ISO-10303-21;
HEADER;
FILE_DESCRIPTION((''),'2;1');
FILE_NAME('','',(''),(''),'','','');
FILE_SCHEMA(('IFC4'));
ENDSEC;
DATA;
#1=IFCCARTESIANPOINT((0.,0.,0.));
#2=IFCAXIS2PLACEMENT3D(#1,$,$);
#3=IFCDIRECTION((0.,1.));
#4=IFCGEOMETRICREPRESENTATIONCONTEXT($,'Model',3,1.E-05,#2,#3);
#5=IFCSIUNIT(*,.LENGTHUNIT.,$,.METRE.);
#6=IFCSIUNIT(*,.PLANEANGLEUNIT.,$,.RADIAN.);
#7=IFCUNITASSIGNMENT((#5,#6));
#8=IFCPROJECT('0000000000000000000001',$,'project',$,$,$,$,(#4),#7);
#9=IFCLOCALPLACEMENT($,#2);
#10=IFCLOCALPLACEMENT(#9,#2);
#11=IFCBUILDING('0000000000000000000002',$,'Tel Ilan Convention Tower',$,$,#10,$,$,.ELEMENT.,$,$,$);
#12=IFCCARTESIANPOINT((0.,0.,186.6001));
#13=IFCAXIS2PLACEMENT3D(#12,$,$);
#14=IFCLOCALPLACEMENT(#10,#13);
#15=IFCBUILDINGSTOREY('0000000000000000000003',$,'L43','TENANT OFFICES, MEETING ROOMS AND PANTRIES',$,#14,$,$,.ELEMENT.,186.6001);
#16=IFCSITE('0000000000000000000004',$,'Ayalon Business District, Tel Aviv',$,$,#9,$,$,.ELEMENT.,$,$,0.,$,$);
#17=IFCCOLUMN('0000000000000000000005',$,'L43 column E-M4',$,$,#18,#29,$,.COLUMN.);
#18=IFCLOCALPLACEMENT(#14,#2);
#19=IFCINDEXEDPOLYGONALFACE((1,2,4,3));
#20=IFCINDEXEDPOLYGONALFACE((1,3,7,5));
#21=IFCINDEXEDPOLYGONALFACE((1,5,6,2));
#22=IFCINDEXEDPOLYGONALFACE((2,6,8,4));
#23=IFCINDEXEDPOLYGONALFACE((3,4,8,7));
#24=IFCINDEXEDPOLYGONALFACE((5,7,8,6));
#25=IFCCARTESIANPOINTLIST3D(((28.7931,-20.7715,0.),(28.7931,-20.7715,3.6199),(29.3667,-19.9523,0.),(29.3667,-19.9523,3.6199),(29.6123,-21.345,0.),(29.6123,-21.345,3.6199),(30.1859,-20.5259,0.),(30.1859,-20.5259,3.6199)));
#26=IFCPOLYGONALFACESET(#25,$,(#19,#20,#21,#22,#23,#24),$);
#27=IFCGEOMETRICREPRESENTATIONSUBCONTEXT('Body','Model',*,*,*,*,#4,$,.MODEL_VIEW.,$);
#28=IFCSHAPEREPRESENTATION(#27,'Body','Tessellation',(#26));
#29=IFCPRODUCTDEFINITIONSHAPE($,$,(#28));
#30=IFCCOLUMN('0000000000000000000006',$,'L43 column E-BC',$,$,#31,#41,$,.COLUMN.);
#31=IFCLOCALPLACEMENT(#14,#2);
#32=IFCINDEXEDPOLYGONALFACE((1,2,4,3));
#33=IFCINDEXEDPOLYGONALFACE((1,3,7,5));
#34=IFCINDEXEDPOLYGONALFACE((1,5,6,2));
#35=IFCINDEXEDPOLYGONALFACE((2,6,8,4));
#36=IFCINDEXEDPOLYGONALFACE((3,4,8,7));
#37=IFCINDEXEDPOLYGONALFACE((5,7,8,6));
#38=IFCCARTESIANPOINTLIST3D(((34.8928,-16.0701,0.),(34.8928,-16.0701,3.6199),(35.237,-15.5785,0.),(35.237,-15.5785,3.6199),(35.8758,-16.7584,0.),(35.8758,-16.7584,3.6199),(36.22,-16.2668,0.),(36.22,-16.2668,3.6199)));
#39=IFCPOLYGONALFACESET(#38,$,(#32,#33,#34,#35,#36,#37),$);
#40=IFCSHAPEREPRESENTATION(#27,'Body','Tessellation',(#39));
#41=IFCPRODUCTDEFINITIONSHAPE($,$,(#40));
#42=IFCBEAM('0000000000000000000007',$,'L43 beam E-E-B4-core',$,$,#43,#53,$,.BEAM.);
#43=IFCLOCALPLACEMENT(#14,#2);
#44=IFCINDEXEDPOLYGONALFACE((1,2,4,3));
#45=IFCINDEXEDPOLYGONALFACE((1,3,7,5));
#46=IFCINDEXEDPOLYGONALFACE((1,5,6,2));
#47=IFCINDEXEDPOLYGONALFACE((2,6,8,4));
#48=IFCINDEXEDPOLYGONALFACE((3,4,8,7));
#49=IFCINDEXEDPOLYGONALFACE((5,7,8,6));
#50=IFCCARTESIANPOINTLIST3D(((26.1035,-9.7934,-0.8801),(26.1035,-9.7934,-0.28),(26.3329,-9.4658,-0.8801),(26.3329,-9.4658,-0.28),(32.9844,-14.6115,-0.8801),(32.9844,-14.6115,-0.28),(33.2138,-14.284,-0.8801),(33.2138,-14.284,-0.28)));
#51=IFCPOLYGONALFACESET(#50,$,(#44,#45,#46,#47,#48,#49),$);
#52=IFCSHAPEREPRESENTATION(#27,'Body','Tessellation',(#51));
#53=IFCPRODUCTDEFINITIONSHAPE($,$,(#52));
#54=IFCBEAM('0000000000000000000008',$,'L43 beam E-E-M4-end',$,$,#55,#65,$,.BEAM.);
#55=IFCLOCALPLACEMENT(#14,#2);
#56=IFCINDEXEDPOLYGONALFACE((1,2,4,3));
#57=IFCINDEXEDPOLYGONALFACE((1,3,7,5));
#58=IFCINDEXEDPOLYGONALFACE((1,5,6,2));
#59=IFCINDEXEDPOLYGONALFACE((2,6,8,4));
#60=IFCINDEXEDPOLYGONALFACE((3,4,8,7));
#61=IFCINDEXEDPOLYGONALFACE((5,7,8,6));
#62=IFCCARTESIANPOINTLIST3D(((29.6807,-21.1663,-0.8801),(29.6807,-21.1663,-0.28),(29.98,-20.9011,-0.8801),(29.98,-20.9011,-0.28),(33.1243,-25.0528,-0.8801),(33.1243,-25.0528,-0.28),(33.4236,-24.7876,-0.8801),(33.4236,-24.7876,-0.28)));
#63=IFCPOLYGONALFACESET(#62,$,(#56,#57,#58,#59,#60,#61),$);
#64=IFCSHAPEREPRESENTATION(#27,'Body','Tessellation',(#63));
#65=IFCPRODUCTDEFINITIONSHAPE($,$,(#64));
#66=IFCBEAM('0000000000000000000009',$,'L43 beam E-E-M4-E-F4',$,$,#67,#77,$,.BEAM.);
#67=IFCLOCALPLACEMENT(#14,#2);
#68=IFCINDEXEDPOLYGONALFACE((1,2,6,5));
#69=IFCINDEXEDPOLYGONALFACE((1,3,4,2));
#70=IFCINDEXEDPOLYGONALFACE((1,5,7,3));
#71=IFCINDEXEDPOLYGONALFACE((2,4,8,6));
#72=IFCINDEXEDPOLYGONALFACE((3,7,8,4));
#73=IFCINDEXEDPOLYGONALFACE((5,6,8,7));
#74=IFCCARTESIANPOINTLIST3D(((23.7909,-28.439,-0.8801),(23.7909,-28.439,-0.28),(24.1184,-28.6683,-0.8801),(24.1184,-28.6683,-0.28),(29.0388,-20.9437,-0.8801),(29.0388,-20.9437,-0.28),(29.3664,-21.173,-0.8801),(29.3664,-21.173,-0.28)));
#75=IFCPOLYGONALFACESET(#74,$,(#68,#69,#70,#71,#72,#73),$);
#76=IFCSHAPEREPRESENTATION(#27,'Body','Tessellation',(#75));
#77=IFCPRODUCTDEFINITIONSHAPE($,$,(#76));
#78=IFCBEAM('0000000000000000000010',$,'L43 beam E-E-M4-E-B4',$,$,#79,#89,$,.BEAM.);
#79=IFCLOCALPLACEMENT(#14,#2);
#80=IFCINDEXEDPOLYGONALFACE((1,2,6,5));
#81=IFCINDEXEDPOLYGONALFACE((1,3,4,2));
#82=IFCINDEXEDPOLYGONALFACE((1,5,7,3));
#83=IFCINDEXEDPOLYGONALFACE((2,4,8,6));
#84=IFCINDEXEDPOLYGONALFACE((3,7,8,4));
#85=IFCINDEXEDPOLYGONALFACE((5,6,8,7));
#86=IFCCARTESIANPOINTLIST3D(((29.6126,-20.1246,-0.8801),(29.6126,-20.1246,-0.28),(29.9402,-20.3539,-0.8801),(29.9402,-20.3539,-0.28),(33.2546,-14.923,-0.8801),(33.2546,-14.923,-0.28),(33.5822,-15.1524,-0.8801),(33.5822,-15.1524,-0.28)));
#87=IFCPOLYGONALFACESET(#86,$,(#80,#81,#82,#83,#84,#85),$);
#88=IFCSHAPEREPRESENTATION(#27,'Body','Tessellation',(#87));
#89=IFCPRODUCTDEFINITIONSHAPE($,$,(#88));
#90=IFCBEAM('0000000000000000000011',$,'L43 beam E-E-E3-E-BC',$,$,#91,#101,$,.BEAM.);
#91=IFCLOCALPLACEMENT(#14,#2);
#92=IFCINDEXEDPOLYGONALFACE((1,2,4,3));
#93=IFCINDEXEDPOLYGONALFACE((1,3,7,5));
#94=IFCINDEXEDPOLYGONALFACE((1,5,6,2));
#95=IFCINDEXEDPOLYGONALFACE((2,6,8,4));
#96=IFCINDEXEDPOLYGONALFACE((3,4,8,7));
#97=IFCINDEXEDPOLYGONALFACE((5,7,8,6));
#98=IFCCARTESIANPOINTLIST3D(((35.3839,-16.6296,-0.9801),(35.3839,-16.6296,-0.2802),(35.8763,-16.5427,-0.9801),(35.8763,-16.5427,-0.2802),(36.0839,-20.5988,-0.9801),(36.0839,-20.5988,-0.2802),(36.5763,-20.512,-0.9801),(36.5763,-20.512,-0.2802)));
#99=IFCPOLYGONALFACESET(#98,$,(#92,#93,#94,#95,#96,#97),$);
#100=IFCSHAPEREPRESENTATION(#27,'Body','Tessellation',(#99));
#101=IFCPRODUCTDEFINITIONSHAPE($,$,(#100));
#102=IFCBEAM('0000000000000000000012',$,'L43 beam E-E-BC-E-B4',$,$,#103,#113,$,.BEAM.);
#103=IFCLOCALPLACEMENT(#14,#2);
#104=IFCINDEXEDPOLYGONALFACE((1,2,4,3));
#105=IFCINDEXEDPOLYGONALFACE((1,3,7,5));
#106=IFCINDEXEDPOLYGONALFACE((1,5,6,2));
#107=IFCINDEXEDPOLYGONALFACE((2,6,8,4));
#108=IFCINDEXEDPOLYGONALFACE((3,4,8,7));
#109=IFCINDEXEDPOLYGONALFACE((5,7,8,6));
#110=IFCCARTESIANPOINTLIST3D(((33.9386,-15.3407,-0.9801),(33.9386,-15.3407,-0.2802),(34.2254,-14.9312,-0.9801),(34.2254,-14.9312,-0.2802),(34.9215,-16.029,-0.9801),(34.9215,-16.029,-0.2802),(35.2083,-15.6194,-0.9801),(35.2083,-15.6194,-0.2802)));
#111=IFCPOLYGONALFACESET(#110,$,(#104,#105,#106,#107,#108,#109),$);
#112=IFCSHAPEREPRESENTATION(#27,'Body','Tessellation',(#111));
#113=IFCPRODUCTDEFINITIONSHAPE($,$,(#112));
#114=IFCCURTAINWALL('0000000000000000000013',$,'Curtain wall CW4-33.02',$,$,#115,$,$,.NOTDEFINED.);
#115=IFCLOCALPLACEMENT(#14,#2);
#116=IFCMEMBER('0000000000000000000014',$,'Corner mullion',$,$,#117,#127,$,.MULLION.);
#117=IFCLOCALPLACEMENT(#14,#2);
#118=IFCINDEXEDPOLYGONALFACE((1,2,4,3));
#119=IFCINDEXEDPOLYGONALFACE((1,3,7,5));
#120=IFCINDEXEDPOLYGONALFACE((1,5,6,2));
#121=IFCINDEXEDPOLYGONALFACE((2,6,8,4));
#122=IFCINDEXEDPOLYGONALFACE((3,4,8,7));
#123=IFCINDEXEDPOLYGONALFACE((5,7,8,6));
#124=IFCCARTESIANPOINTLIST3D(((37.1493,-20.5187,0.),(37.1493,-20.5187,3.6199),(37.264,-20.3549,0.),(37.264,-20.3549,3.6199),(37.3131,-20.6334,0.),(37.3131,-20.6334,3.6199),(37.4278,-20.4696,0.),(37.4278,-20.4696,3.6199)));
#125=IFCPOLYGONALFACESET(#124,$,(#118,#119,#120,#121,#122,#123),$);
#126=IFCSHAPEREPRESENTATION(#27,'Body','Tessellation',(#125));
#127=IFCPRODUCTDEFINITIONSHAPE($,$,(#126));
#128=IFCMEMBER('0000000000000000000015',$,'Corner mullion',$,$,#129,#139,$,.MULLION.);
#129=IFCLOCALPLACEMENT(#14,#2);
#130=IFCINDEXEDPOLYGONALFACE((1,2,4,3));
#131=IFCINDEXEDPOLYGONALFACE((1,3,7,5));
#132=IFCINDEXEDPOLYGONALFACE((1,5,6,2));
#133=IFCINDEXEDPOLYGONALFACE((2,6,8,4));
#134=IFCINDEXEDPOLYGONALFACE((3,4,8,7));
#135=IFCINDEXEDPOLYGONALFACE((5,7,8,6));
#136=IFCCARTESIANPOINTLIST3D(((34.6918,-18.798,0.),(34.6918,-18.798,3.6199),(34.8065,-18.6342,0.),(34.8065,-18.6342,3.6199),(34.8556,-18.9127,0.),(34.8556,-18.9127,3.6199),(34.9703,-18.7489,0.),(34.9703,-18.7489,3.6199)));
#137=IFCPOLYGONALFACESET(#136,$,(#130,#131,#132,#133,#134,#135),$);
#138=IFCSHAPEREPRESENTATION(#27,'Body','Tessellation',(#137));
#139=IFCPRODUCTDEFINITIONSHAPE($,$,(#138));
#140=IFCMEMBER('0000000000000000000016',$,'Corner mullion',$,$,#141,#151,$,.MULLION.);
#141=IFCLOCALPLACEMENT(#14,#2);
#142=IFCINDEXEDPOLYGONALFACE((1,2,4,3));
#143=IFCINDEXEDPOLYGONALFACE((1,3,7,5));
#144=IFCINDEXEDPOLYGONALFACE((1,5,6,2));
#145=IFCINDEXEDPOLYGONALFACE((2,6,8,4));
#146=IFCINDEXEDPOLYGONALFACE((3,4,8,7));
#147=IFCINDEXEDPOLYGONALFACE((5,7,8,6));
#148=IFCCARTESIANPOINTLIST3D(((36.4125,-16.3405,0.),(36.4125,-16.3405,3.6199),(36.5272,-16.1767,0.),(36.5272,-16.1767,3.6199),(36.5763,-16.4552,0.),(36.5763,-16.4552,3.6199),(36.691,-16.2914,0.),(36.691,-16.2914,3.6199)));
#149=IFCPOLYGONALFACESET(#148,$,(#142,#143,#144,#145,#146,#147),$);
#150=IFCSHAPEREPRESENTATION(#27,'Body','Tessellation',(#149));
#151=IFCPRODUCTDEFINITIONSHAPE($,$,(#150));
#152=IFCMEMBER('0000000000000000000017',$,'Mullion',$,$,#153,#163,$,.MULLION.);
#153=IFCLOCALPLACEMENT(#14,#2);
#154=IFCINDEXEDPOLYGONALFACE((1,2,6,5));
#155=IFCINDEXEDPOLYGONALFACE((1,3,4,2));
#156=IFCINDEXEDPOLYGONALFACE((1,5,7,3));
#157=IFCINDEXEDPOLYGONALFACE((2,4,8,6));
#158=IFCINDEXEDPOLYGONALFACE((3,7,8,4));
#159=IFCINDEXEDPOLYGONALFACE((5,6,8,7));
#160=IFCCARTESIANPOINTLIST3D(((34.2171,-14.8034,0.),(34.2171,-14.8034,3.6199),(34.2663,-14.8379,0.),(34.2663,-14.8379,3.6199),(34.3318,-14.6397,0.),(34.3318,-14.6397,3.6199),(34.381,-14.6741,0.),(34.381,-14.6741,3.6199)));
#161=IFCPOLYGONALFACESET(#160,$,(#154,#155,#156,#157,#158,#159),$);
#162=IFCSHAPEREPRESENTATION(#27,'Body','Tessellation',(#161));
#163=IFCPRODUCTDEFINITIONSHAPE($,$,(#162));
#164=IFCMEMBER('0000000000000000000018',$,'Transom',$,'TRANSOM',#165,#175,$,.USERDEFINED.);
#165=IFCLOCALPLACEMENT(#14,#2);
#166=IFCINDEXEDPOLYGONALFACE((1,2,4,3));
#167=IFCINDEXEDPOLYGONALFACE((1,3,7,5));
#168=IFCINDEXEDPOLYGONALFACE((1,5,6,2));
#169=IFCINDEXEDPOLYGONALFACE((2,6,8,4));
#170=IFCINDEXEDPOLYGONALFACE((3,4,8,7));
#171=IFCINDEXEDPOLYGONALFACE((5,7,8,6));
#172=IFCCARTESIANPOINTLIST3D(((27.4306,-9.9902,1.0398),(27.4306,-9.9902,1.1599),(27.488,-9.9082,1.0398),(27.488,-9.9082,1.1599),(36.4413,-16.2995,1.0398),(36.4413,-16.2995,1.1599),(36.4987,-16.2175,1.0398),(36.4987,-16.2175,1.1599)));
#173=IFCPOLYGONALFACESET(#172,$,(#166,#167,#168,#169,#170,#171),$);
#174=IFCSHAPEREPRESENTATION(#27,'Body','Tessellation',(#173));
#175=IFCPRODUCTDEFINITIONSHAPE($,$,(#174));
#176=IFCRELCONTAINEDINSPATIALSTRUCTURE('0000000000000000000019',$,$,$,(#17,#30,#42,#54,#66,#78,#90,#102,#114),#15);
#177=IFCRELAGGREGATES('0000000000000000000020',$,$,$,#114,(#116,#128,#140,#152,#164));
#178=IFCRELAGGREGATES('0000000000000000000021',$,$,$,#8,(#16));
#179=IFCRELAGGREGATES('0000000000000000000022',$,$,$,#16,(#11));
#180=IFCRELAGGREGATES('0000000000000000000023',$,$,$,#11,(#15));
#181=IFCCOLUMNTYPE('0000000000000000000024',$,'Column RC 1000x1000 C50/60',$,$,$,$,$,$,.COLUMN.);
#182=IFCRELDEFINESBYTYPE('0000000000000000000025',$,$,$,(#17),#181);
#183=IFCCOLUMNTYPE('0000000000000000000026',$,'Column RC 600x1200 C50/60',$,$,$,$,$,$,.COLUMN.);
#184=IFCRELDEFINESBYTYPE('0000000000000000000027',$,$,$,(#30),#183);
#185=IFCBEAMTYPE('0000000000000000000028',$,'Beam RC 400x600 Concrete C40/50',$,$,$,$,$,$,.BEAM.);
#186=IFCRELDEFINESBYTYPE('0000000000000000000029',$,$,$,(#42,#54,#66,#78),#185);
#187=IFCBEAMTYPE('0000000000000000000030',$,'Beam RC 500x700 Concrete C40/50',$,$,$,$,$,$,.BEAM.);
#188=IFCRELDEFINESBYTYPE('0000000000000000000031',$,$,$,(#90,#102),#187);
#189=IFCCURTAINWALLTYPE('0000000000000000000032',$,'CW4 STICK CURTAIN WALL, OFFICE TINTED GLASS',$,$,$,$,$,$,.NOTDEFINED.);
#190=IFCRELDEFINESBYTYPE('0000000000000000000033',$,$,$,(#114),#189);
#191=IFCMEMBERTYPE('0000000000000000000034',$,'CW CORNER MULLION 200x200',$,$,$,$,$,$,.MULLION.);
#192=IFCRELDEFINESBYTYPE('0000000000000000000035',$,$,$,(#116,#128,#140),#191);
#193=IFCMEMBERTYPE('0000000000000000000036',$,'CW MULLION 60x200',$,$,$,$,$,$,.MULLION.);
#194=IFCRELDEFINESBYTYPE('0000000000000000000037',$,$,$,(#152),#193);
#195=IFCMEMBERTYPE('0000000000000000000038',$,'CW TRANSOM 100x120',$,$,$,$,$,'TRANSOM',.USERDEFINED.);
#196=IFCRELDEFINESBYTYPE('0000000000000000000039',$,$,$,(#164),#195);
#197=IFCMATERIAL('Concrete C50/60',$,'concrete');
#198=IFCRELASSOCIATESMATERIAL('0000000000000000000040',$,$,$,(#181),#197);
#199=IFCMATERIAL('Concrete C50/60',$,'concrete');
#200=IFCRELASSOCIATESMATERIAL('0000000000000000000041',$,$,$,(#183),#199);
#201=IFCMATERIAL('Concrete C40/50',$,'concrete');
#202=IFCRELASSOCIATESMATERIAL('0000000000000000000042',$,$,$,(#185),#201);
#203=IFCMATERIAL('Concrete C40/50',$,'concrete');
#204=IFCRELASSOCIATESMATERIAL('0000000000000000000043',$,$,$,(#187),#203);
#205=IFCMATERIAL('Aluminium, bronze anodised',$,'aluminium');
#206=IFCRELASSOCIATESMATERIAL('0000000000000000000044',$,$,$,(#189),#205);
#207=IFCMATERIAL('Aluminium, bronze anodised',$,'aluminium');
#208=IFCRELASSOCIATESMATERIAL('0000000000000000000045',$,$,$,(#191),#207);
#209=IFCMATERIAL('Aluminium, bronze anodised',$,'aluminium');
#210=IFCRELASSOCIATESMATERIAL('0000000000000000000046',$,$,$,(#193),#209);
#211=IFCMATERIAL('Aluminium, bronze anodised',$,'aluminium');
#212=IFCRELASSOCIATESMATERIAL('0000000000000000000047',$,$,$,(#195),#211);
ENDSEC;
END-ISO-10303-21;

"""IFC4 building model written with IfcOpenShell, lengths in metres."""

from ifc_helpers import new_model, si_unit, direction, frame, origin, origin_2d, place, context, subcontext, project, spatial, rectangle, extrude, material, material_profile, profile_set, type_object, element, aggregate, save


model = new_model("IFC4")

# Units and contexts
model_context = context("Model", 3, precision=1e-05, world=origin(), true_north=direction((0.0, 1.0)))
body_context = subcontext(model_context, "Body", "Model", "MODEL_VIEW")
ifc_project = project(units=[si_unit("LENGTHUNIT", "METRE"), si_unit("PLANEANGLEUNIT", "RADIAN")], contexts=[model_context])

# Site, building, storey
site_placement = place(None, origin())
site = spatial("IfcSite", under=ifc_project, at=site_placement, Name="Ayalon Business District, Tel Aviv", CompositionType="ELEMENT", RefElevation=0.0)
building_placement = place(site_placement, origin())
building = spatial("IfcBuilding", under=site, at=building_placement, Name="Tel Ilan Convention Tower", CompositionType="ELEMENT")
storey_placement = place(building_placement, frame((0.0, 0.0, 186.6001)))
storey = spatial("IfcBuildingStorey", under=building, at=storey_placement, Name="L43", Description="TENANT OFFICES, MEETING ROOMS AND PANTRIES", CompositionType="ELEMENT", Elevation=186.6001)

# Columns
ifc_material_1 = material(Name="Concrete C50/60", Category="concrete")
ifc_material_profile_1 = material_profile(ifc_material_1, rectangle(XDim=1.0, YDim=1.0, at=origin_2d()), Name="RC 1000x1000")
ifc_profile_set_1 = profile_set([ifc_material_profile_1], Name="Concrete C50/60")
column_type_1 = type_object("IfcColumnType", Name="Column RC 1000x1000 C50/60", PredefinedType="COLUMN", material=ifc_profile_set_1)
column_1_placement = place(storey_placement, frame((29.4895, -20.6487, 0.0), z_axis=(0.0, 0.0, 1.0), x_axis=(0.819152, -0.573576, 0.0)))
element("IfcColumn", 1, at=column_1_placement, inside=storey, type_object=column_type_1, Name="L43 column E-M4", PredefinedType="COLUMN", context=body_context, shape_type="SweptSolid", body=[
    extrude(rectangle(XDim=1.0, YDim=1.0, at=origin_2d()), origin(), (0.0, 0.0, 1.0), 3.6199),
])
ifc_material_2 = material(Name="Concrete C50/60", Category="concrete")
ifc_material_profile_2 = material_profile(ifc_material_2, rectangle(XDim=1.2, YDim=0.6001, at=origin_2d()), Name="RC 600x1200")
ifc_profile_set_2 = profile_set([ifc_material_profile_2], Name="Concrete C50/60")
column_type_2 = type_object("IfcColumnType", Name="Column RC 600x1200 C50/60", PredefinedType="COLUMN", material=ifc_profile_set_2)
column_2_placement = place(storey_placement, frame((35.5564, -16.1685, 0.0), z_axis=(0.0, 0.0, 1.0), x_axis=(0.819152, -0.573576, 0.0)))
element("IfcColumn", 2, at=column_2_placement, inside=storey, type_object=column_type_2, Name="L43 column E-BC", PredefinedType="COLUMN", context=body_context, shape_type="SweptSolid", body=[
    extrude(rectangle(XDim=1.2, YDim=0.6001, at=origin_2d()), origin(), (0.0, 0.0, 1.0), 3.6199),
])

# Beams
ifc_material_3 = material(Name="Concrete C40/50", Category="concrete")
ifc_material_profile_3 = material_profile(ifc_material_3, rectangle(XDim=0.3999, YDim=0.6001, at=origin_2d()), Name="RC 400x600")
ifc_profile_set_3 = profile_set([ifc_material_profile_3], Name="Concrete C40/50")
beam_type_1 = type_object("IfcBeamType", Name="Beam RC 400x600 Concrete C40/50", PredefinedType="BEAM", material=ifc_profile_set_3)
beam_1_placement = place(storey_placement, frame((33.0991, -14.4478, -0.5801), z_axis=(-0.819147, 0.573583, 0.0), x_axis=(-0.573583, -0.819147, 0.0)))
element("IfcBeam", 3, at=beam_1_placement, inside=storey, type_object=beam_type_1, Name="L43 beam E-E-B4-core", PredefinedType="BEAM", context=body_context, shape_type="SweptSolid", body=[
    extrude(rectangle(XDim=0.3999, YDim=0.6001, at=origin_2d()), origin(), (0.0, 0.0, 1.0), 8.4001),
])
beam_2_placement = place(storey_placement, frame((29.8303, -21.0337, -0.5801), z_axis=(0.663175, -0.748464, 0.0), x_axis=(0.748464, 0.663175, 0.0)))
element("IfcBeam", 4, at=beam_2_placement, inside=storey, type_object=beam_type_1, Name="L43 beam E-E-M4-end", PredefinedType="BEAM", context=body_context, shape_type="SweptSolid", body=[
    extrude(rectangle(XDim=0.3999, YDim=0.6001, at=origin_2d()), origin(), (0.0, 0.0, 1.0), 5.1926),
])
beam_3_placement = place(storey_placement, frame((29.2026, -21.0583, -0.5801), z_axis=(-0.573557, -0.819165, 0.0), x_axis=(0.819165, -0.573557, 0.0)))
element("IfcBeam", 5, at=beam_3_placement, inside=storey, type_object=beam_type_1, Name="L43 beam E-E-M4-E-F4", PredefinedType="BEAM", context=body_context, shape_type="SweptSolid", body=[
    extrude(rectangle(XDim=0.3999, YDim=0.6001, at=origin_2d()), origin(), (0.0, 0.0, 1.0), 9.1499),
])
beam_4_placement = place(storey_placement, frame((29.7764, -20.2393, -0.5801), z_axis=(0.57356, 0.819163, 0.0), x_axis=(-0.819163, 0.57356, 0.0)))
element("IfcBeam", 6, at=beam_4_placement, inside=storey, type_object=beam_type_1, Name="L43 beam E-E-M4-E-B4", PredefinedType="BEAM", context=body_context, shape_type="SweptSolid", body=[
    extrude(rectangle(XDim=0.3999, YDim=0.6001, at=origin_2d()), origin(), (0.0, 0.0, 1.0), 6.3499),
])
ifc_material_4 = material(Name="Concrete C40/50", Category="concrete")
ifc_material_profile_4 = material_profile(ifc_material_4, rectangle(XDim=0.5, YDim=0.7, at=origin_2d()), Name="RC 500x700")
ifc_profile_set_4 = profile_set([ifc_material_profile_4], Name="Concrete C40/50")
beam_type_2 = type_object("IfcBeamType", Name="Beam RC 500x700 Concrete C40/50", PredefinedType="BEAM", material=ifc_profile_set_4)
beam_5_placement = place(storey_placement, frame((36.3301, -20.5554, -0.6301), z_axis=(-0.173664, 0.984805, 0.0), x_axis=(-0.984805, -0.173664, 0.0)))
element("IfcBeam", 7, at=beam_5_placement, inside=storey, type_object=beam_type_2, Name="L43 beam E-E-E3-E-BC", PredefinedType="BEAM", context=body_context, shape_type="SweptSolid", body=[
    extrude(rectangle(XDim=0.5, YDim=0.7, at=origin_2d()), origin(), (0.0, 0.0, 1.0), 4.0305),
])
beam_6_placement = place(storey_placement, frame((35.0649, -15.8242, -0.6301), z_axis=(-0.819155, 0.573572, 0.0), x_axis=(-0.573572, -0.819155, 0.0)))
element("IfcBeam", 8, at=beam_6_placement, inside=storey, type_object=beam_type_2, Name="L43 beam E-E-BC-E-B4", PredefinedType="BEAM", context=body_context, shape_type="SweptSolid", body=[
    extrude(rectangle(XDim=0.5, YDim=0.7, at=origin_2d()), origin(), (0.0, 0.0, 1.0), 1.2),
])

# Curtain wall, members
ifc_material_5 = material(Name="Aluminium, bronze anodised", Category="aluminium")
curtain_wall_type = type_object("IfcCurtainWallType", Name="CW4 STICK CURTAIN WALL, OFFICE TINTED GLASS", PredefinedType="NOTDEFINED", material=ifc_material_5)
curtain_wall_placement = place(storey_placement, origin())
curtain_wall = element("IfcCurtainWall", 9, at=curtain_wall_placement, inside=storey, type_object=curtain_wall_type, Name="Curtain wall CW4-33.02", PredefinedType="NOTDEFINED")
ifc_material_6 = material(Name="Aluminium, bronze anodised", Category="aluminium")
ifc_material_profile_5 = material_profile(ifc_material_6, rectangle(XDim=0.2, YDim=0.2, at=origin_2d()), Name="CW CORNER MULLION 200x200")
ifc_profile_set_5 = profile_set([ifc_material_profile_5], Name="Aluminium, bronze anodised")
member_type_1 = type_object("IfcMemberType", Name="CW CORNER MULLION 200x200", PredefinedType="MULLION", material=ifc_profile_set_5)
member_1_placement = place(storey_placement, frame((37.2886, -20.4941, 0.0), z_axis=(0.0, 0.0, 1.0), x_axis=(0.573576, 0.819152, 0.0)))
member_1 = element("IfcMember", 10, at=member_1_placement, type_object=member_type_1, Name="Corner mullion", PredefinedType="MULLION", context=body_context, shape_type="SweptSolid", body=[
    extrude(rectangle(XDim=0.2, YDim=0.2, at=origin_2d()), origin(), (0.0, 0.0, 1.0), 3.6199),
])
member_2_placement = place(storey_placement, frame((34.8311, -18.7734, 0.0), z_axis=(0.0, 0.0, 1.0), x_axis=(-0.819152, 0.573576, 0.0)))
member_2 = element("IfcMember", 11, at=member_2_placement, type_object=member_type_1, Name="Corner mullion", PredefinedType="MULLION", context=body_context, shape_type="SweptSolid", body=[
    extrude(rectangle(XDim=0.2, YDim=0.2, at=origin_2d()), origin(), (0.0, 0.0, 1.0), 3.6199),
])
member_3_placement = place(storey_placement, frame((36.5518, -16.3159, 0.0), z_axis=(0.0, 0.0, 1.0), x_axis=(0.573576, 0.819152, 0.0)))
member_3 = element("IfcMember", 12, at=member_3_placement, type_object=member_type_1, Name="Corner mullion", PredefinedType="MULLION", context=body_context, shape_type="SweptSolid", body=[
    extrude(rectangle(XDim=0.2, YDim=0.2, at=origin_2d()), origin(), (0.0, 0.0, 1.0), 3.6199),
])
ifc_material_7 = material(Name="Aluminium, bronze anodised", Category="aluminium")
ifc_material_profile_6 = material_profile(ifc_material_7, rectangle(XDim=0.0601, YDim=0.2, at=origin_2d()), Name="CW MULLION 60x200")
ifc_profile_set_6 = profile_set([ifc_material_profile_6], Name="Aluminium, bronze anodised")
member_type_2 = type_object("IfcMemberType", Name="CW MULLION 60x200", PredefinedType="MULLION", material=ifc_profile_set_6)
member_4_placement = place(storey_placement, frame((34.2991, -14.7388, 0.0), z_axis=(0.0, 0.0, 1.0), x_axis=(-0.819152, 0.573576, 0.0)))
member_4 = element("IfcMember", 13, at=member_4_placement, type_object=member_type_2, Name="Mullion", PredefinedType="MULLION", context=body_context, shape_type="SweptSolid", body=[
    extrude(rectangle(XDim=0.0601, YDim=0.2, at=origin_2d()), origin(), (0.0, 0.0, 1.0), 3.6199),
])
ifc_material_8 = material(Name="Aluminium, bronze anodised", Category="aluminium")
ifc_material_profile_7 = material_profile(ifc_material_8, rectangle(XDim=0.1001, YDim=0.1201, at=origin_2d()), Name="CW TRANSOM 100x120")
ifc_profile_set_7 = profile_set([ifc_material_profile_7], Name="Aluminium, bronze anodised")
member_type_3 = type_object("IfcMemberType", Name="CW TRANSOM 100x120", ElementType="TRANSOM", PredefinedType="USERDEFINED", material=ifc_profile_set_7)
member_5_placement = place(storey_placement, frame((36.47, -16.2585, 1.0999), z_axis=(-0.819155, 0.573573, 0.0), x_axis=(-0.573573, -0.819155, 0.0)))
member_5 = element("IfcMember", 14, at=member_5_placement, type_object=member_type_3, Name="Transom", ObjectType="TRANSOM", PredefinedType="USERDEFINED", context=body_context, shape_type="SweptSolid", body=[
    extrude(rectangle(XDim=0.1001, YDim=0.1201, at=origin_2d()), origin(), (0.0, 0.0, 1.0), 11.0),
])
aggregate(curtain_wall, [member_1, member_2, member_3, member_4, member_5])

save(model, "model.ifc")
